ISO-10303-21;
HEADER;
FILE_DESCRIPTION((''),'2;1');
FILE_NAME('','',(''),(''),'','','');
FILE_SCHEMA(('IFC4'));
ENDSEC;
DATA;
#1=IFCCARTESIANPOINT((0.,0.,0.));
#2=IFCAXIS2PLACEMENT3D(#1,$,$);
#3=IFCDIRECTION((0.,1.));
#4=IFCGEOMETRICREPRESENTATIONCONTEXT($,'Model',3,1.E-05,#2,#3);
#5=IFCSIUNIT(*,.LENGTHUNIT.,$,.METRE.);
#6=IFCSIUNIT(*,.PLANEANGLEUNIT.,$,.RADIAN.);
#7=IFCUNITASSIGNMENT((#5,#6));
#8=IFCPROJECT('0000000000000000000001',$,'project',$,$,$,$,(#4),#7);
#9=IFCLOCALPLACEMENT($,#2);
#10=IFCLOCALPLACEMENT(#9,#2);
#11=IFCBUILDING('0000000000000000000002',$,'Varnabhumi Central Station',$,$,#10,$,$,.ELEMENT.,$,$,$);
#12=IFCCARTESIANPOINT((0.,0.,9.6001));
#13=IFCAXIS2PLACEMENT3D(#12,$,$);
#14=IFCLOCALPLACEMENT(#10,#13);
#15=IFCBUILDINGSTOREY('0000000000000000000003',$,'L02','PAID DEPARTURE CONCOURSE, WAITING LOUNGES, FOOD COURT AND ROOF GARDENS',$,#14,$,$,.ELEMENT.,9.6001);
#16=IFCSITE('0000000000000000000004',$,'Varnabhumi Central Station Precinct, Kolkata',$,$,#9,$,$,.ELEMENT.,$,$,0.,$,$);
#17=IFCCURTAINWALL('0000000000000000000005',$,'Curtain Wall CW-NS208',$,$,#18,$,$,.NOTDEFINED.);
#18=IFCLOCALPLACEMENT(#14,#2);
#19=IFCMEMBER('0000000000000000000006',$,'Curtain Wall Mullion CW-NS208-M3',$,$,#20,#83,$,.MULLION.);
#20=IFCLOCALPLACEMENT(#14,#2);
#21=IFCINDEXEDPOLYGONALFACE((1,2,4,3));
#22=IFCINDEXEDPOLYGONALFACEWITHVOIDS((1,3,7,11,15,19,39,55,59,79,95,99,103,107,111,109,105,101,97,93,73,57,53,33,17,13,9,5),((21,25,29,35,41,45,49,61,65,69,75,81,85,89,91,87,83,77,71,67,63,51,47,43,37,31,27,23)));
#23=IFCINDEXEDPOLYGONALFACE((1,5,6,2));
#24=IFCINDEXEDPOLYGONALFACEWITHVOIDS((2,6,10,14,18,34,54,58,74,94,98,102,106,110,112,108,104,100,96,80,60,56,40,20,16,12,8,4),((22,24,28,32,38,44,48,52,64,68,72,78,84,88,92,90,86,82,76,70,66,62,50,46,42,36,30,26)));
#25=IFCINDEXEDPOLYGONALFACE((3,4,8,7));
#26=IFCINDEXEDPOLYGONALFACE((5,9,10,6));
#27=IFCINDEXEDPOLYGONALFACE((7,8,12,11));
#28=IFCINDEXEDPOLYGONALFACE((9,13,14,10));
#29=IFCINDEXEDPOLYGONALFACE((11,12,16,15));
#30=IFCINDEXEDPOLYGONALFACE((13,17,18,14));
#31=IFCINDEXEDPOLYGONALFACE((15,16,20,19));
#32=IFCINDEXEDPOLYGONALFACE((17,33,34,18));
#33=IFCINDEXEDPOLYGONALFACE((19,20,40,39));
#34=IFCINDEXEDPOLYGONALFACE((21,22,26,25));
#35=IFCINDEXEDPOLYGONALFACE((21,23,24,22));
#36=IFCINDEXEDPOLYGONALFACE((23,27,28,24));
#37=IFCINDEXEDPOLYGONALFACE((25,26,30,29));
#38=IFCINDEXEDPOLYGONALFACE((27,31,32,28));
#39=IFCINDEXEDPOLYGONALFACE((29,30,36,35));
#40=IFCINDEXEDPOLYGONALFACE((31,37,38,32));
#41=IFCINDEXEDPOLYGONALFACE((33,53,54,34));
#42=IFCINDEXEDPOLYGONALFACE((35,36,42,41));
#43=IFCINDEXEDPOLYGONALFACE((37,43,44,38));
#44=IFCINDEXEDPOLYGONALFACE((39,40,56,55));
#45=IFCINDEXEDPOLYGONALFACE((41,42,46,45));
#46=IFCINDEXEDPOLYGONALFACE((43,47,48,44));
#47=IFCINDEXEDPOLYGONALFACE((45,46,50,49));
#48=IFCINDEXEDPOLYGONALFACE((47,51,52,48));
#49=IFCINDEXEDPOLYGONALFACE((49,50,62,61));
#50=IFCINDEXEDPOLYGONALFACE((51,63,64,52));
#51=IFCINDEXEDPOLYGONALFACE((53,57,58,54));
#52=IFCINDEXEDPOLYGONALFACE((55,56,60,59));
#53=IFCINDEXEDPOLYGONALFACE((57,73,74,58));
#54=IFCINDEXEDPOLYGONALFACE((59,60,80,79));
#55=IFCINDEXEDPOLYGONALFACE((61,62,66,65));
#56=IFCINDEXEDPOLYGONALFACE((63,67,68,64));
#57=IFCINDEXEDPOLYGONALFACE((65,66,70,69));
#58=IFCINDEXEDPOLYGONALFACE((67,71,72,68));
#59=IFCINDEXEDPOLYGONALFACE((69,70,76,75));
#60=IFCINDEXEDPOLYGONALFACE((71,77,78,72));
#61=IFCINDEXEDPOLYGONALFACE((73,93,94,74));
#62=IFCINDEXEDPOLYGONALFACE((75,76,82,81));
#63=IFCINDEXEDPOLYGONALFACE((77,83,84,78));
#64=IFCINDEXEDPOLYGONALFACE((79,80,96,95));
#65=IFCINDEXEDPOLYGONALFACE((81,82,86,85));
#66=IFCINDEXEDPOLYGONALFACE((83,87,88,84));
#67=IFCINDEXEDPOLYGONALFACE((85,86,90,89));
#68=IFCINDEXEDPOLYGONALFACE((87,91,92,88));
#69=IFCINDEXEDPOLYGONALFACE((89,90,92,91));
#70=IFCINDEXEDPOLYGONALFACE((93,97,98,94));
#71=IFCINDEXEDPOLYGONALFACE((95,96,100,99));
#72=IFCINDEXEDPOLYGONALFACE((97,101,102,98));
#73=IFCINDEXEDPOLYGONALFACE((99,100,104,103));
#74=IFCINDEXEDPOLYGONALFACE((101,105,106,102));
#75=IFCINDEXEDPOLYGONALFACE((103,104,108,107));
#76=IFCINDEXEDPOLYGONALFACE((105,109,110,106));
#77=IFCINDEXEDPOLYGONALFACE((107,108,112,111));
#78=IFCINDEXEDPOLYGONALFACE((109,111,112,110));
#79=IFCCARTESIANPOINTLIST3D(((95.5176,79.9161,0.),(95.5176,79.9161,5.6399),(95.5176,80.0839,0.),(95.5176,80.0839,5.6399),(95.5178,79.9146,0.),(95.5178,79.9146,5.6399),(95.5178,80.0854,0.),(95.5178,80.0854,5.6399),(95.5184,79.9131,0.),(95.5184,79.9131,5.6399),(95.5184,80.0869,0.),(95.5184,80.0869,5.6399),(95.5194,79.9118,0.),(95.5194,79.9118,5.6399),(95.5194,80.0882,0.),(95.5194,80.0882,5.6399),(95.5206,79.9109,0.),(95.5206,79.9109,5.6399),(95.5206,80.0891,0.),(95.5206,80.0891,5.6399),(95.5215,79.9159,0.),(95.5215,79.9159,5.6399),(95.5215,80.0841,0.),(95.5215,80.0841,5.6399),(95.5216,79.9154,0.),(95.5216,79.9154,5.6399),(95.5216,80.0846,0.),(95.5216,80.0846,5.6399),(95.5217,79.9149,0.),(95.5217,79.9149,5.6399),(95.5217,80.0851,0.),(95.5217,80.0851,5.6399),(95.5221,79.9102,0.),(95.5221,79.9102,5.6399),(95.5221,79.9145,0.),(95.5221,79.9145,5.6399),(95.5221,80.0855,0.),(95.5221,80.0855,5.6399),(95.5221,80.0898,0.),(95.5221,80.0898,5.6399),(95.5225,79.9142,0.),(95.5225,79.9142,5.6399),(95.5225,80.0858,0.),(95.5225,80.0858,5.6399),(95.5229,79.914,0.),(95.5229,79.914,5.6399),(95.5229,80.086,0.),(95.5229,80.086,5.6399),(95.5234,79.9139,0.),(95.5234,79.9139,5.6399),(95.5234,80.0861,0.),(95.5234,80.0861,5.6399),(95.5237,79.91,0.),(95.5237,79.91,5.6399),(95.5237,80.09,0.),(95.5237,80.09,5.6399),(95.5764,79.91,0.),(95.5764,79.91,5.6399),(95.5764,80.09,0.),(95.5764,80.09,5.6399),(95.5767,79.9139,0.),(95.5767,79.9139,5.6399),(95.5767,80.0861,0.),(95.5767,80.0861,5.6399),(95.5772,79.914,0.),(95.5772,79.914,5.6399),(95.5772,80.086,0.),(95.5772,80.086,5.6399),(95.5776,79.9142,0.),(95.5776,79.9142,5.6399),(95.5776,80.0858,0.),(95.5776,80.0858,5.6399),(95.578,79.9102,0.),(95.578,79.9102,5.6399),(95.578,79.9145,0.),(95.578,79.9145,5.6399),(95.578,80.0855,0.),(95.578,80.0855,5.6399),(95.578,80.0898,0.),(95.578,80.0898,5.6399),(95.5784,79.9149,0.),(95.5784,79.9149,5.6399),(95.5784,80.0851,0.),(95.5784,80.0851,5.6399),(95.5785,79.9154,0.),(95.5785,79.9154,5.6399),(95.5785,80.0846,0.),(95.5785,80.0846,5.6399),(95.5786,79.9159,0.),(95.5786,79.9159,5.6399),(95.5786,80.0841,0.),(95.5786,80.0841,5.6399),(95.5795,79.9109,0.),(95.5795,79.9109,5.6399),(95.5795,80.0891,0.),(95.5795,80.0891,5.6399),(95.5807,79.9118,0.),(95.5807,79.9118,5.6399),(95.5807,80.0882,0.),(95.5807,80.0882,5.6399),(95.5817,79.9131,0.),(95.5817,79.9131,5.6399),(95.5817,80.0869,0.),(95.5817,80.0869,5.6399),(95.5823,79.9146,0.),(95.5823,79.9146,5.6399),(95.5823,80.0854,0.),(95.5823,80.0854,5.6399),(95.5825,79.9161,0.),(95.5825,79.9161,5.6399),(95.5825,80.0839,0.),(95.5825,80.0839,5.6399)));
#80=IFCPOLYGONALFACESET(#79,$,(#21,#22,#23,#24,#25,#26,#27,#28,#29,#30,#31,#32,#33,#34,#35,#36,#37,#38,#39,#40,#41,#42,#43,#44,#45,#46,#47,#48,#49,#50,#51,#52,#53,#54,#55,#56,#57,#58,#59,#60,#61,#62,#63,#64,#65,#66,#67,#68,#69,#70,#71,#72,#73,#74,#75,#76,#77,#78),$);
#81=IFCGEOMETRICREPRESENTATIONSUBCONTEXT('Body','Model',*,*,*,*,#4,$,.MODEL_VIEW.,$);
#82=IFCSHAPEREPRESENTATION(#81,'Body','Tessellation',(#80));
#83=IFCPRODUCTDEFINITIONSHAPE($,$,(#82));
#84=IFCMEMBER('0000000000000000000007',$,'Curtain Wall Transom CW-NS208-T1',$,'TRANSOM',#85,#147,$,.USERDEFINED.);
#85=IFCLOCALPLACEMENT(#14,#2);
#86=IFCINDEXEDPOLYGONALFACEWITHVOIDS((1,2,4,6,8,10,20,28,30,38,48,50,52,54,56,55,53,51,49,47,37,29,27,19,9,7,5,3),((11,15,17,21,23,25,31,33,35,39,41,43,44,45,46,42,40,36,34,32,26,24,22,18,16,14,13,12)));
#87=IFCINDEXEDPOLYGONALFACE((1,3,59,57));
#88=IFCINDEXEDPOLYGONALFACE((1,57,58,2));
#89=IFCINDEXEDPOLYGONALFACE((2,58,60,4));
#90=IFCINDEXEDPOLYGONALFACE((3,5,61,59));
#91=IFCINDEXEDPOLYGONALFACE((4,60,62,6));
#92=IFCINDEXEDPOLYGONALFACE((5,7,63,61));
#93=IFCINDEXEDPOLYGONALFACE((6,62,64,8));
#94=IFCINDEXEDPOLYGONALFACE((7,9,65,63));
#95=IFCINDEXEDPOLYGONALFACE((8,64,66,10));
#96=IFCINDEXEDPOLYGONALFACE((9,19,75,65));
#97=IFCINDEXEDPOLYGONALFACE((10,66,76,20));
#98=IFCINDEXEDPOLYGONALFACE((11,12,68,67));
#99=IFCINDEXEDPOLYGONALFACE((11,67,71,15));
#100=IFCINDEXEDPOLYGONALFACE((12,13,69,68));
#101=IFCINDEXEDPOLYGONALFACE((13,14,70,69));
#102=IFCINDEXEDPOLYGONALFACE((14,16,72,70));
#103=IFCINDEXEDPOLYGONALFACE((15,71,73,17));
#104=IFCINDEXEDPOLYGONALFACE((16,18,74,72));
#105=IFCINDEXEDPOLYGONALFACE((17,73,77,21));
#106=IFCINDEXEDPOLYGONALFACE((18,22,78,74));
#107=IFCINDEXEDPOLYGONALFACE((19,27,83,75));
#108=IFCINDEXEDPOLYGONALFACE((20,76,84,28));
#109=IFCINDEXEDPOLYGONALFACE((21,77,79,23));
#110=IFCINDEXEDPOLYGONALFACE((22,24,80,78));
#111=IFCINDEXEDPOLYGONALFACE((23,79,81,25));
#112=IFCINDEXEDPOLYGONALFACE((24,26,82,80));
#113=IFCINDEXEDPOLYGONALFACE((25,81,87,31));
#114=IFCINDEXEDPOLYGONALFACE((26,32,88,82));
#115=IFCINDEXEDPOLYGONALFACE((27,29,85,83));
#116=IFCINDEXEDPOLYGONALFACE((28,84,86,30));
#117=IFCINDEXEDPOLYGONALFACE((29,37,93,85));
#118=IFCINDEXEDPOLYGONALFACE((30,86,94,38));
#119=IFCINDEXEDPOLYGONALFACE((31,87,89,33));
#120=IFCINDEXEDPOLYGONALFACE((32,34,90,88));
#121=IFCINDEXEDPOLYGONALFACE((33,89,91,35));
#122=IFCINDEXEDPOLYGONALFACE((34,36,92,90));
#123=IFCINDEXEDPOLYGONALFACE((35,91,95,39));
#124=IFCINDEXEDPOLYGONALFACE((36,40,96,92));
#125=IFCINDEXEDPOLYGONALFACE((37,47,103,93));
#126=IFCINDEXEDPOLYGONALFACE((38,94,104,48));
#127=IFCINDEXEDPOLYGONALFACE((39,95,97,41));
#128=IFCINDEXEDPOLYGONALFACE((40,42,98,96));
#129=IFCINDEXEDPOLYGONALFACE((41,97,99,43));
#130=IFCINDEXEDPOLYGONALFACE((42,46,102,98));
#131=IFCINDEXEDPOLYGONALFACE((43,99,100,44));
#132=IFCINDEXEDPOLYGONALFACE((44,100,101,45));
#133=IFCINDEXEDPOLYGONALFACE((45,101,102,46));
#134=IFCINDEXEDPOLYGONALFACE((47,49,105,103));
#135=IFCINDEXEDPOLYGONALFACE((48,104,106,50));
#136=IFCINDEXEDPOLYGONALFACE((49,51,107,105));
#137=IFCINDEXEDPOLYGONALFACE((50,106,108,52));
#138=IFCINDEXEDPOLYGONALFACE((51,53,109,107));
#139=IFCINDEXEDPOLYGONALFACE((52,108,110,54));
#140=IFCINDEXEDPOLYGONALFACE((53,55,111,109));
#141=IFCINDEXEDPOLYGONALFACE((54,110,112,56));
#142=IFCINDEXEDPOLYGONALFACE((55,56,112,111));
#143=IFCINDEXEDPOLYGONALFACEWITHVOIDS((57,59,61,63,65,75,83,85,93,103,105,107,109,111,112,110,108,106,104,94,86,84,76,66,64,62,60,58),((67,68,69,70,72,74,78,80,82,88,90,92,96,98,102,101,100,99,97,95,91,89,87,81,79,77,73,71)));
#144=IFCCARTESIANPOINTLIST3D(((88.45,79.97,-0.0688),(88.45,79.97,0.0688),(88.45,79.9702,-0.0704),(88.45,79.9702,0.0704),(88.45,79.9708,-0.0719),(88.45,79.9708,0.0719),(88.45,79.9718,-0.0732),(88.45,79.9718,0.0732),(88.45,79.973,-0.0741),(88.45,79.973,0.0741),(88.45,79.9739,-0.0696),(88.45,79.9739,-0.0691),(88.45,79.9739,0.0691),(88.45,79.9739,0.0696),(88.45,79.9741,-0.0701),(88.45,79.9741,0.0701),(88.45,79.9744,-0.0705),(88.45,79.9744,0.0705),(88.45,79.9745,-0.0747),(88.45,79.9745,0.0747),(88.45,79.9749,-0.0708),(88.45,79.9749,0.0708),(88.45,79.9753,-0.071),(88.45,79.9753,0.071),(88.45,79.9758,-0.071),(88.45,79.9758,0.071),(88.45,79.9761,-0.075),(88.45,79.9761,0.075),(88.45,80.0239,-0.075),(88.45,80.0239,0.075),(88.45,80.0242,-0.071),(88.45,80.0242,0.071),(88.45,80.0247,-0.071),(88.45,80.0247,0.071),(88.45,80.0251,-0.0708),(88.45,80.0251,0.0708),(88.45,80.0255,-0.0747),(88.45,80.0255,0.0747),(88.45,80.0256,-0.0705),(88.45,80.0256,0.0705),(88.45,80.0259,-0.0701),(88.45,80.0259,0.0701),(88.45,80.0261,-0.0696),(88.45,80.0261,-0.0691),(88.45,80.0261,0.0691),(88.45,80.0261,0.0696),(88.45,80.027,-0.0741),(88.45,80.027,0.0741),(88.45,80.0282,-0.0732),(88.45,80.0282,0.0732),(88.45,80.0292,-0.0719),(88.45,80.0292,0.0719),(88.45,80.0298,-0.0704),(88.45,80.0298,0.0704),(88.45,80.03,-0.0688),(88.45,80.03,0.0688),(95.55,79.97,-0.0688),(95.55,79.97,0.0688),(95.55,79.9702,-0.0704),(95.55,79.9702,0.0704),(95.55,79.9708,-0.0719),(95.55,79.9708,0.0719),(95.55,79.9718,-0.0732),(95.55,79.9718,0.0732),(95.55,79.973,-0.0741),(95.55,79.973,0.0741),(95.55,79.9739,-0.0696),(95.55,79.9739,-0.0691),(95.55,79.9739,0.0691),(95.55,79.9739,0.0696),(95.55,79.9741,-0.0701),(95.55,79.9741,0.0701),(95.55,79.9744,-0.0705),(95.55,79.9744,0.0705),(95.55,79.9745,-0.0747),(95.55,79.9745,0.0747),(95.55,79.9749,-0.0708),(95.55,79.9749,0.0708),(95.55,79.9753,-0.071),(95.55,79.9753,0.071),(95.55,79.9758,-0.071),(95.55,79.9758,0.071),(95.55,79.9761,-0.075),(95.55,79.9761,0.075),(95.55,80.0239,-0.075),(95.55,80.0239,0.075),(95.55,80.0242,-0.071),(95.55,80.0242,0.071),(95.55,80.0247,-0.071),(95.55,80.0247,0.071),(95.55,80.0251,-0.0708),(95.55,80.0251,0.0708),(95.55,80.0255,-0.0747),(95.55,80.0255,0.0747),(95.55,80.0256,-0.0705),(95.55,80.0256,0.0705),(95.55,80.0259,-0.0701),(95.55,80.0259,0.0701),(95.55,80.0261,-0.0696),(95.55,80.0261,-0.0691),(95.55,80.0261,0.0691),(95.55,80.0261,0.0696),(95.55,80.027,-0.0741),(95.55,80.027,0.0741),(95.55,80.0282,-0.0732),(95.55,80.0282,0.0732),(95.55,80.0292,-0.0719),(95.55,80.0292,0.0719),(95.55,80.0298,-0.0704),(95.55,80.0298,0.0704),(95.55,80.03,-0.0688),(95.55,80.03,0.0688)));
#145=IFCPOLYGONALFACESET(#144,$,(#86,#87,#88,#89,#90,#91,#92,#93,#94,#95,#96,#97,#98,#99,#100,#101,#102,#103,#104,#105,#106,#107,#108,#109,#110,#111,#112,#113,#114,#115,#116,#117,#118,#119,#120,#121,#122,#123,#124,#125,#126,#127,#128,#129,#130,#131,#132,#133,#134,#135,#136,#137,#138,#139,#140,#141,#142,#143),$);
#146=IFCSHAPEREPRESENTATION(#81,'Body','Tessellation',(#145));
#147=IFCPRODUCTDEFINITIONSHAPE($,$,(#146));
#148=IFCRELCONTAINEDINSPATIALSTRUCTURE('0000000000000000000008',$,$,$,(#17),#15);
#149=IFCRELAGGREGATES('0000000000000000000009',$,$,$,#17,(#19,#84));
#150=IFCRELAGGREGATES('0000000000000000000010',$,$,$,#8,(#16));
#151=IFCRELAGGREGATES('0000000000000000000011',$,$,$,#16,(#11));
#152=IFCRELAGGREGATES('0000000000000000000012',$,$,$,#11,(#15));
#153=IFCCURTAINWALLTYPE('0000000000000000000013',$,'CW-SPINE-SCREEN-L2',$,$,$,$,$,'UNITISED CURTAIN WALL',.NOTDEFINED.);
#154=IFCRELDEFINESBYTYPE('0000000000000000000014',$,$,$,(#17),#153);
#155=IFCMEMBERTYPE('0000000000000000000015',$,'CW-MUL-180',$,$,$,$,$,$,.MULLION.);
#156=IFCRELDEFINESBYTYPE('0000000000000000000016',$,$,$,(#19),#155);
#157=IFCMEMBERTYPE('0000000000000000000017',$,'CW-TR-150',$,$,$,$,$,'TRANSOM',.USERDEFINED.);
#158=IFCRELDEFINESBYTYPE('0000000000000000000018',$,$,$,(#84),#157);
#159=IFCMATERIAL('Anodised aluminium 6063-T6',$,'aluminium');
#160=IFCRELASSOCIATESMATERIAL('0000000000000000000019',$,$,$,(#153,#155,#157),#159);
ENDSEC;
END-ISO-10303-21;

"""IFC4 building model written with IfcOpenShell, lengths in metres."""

from ifc_helpers import new_model, si_unit, direction, frame, origin, origin_2d, place, context, subcontext, project, spatial, hollow_rectangle, extrude, material, material_profile, profile_set, type_object, element, aggregate, save


model = new_model("IFC4")

# Units and contexts
model_context = context("Model", 3, precision=1e-05, world=origin(), true_north=direction((0.0, 1.0)))
body_context = subcontext(model_context, "Body", "Model", "MODEL_VIEW")
ifc_project = project(units=[si_unit("LENGTHUNIT", "METRE"), si_unit("PLANEANGLEUNIT", "RADIAN")], contexts=[model_context])

# Site, building, storey
site_placement = place(None, origin())
site = spatial("IfcSite", under=ifc_project, at=site_placement, Name="Varnabhumi Central Station Precinct, Kolkata", CompositionType="ELEMENT", RefElevation=0.0)
building_placement = place(site_placement, origin())
building = spatial("IfcBuilding", under=site, at=building_placement, Name="Varnabhumi Central Station", CompositionType="ELEMENT")
storey_placement = place(building_placement, frame((0.0, 0.0, 9.6001)))
storey = spatial("IfcBuildingStorey", under=building, at=storey_placement, Name="L02", Description="PAID DEPARTURE CONCOURSE, WAITING LOUNGES, FOOD COURT AND ROOF GARDENS", CompositionType="ELEMENT", Elevation=9.6001)

# Curtain wall, members
ifc_material_1 = material(Name="Anodised aluminium 6063-T6", Category="aluminium")
curtain_wall_type = type_object("IfcCurtainWallType", Name="CW-SPINE-SCREEN-L2", ElementType="UNITISED CURTAIN WALL", PredefinedType="NOTDEFINED", material=ifc_material_1)
curtain_wall_placement = place(storey_placement, origin())
curtain_wall = element("IfcCurtainWall", 1, at=curtain_wall_placement, inside=storey, type_object=curtain_wall_type, Name="Curtain Wall CW-NS208", PredefinedType="NOTDEFINED")
ifc_material_profile_1 = material_profile(ifc_material_1, hollow_rectangle(XDim=0.0649, YDim=0.1799, WallThickness=0.0039, InnerFilletRadius=0.002, OuterFilletRadius=0.0061, at=origin_2d()), Name="Anodised aluminium 6063-T6", Category="aluminium")
ifc_profile_set_1 = profile_set([ifc_material_profile_1], Name="Anodised aluminium 6063-T6")
member_type_1 = type_object("IfcMemberType", Name="CW-MUL-180", PredefinedType="MULLION", material=ifc_profile_set_1)
member_1_placement = place(storey_placement, frame((95.55, 80.0, 0.0), z_axis=(0.0, 0.0, 1.0), x_axis=(1.0, 0.0, 0.0)))
member_1 = element("IfcMember", 2, at=member_1_placement, type_object=member_type_1, Name="Curtain Wall Mullion CW-NS208-M3", PredefinedType="MULLION", context=body_context, shape_type="SweptSolid", body=[
    extrude(hollow_rectangle(XDim=0.0649, YDim=0.1799, WallThickness=0.0039, InnerFilletRadius=0.002, OuterFilletRadius=0.0061, at=origin_2d()), origin(), (0.0, 0.0, 1.0), 5.6399),
])
ifc_material_profile_2 = material_profile(ifc_material_1, hollow_rectangle(XDim=0.0601, YDim=0.1499, WallThickness=0.0039, InnerFilletRadius=0.002, OuterFilletRadius=0.0061, at=origin_2d()), Name="Anodised aluminium 6063-T6", Category="aluminium")
ifc_profile_set_2 = profile_set([ifc_material_profile_2], Name="Anodised aluminium 6063-T6")
member_type_2 = type_object("IfcMemberType", Name="CW-TR-150", ElementType="TRANSOM", PredefinedType="USERDEFINED", material=ifc_profile_set_2)
member_2_placement = place(storey_placement, frame((88.45, 80.0, 0.0), z_axis=(1.0, 0.0, 0.0), x_axis=(0.0, 1.0, 0.0)))
member_2 = element("IfcMember", 3, at=member_2_placement, type_object=member_type_2, Name="Curtain Wall Transom CW-NS208-T1", ObjectType="TRANSOM", PredefinedType="USERDEFINED", context=body_context, shape_type="SweptSolid", body=[
    extrude(hollow_rectangle(XDim=0.0601, YDim=0.1499, WallThickness=0.0039, InnerFilletRadius=0.002, OuterFilletRadius=0.0061, at=origin_2d()), origin(), (0.0, 0.0, 1.0), 7.1001),
])

aggregate(curtain_wall, [member_1, member_2])

save(model, "model.ifc")
